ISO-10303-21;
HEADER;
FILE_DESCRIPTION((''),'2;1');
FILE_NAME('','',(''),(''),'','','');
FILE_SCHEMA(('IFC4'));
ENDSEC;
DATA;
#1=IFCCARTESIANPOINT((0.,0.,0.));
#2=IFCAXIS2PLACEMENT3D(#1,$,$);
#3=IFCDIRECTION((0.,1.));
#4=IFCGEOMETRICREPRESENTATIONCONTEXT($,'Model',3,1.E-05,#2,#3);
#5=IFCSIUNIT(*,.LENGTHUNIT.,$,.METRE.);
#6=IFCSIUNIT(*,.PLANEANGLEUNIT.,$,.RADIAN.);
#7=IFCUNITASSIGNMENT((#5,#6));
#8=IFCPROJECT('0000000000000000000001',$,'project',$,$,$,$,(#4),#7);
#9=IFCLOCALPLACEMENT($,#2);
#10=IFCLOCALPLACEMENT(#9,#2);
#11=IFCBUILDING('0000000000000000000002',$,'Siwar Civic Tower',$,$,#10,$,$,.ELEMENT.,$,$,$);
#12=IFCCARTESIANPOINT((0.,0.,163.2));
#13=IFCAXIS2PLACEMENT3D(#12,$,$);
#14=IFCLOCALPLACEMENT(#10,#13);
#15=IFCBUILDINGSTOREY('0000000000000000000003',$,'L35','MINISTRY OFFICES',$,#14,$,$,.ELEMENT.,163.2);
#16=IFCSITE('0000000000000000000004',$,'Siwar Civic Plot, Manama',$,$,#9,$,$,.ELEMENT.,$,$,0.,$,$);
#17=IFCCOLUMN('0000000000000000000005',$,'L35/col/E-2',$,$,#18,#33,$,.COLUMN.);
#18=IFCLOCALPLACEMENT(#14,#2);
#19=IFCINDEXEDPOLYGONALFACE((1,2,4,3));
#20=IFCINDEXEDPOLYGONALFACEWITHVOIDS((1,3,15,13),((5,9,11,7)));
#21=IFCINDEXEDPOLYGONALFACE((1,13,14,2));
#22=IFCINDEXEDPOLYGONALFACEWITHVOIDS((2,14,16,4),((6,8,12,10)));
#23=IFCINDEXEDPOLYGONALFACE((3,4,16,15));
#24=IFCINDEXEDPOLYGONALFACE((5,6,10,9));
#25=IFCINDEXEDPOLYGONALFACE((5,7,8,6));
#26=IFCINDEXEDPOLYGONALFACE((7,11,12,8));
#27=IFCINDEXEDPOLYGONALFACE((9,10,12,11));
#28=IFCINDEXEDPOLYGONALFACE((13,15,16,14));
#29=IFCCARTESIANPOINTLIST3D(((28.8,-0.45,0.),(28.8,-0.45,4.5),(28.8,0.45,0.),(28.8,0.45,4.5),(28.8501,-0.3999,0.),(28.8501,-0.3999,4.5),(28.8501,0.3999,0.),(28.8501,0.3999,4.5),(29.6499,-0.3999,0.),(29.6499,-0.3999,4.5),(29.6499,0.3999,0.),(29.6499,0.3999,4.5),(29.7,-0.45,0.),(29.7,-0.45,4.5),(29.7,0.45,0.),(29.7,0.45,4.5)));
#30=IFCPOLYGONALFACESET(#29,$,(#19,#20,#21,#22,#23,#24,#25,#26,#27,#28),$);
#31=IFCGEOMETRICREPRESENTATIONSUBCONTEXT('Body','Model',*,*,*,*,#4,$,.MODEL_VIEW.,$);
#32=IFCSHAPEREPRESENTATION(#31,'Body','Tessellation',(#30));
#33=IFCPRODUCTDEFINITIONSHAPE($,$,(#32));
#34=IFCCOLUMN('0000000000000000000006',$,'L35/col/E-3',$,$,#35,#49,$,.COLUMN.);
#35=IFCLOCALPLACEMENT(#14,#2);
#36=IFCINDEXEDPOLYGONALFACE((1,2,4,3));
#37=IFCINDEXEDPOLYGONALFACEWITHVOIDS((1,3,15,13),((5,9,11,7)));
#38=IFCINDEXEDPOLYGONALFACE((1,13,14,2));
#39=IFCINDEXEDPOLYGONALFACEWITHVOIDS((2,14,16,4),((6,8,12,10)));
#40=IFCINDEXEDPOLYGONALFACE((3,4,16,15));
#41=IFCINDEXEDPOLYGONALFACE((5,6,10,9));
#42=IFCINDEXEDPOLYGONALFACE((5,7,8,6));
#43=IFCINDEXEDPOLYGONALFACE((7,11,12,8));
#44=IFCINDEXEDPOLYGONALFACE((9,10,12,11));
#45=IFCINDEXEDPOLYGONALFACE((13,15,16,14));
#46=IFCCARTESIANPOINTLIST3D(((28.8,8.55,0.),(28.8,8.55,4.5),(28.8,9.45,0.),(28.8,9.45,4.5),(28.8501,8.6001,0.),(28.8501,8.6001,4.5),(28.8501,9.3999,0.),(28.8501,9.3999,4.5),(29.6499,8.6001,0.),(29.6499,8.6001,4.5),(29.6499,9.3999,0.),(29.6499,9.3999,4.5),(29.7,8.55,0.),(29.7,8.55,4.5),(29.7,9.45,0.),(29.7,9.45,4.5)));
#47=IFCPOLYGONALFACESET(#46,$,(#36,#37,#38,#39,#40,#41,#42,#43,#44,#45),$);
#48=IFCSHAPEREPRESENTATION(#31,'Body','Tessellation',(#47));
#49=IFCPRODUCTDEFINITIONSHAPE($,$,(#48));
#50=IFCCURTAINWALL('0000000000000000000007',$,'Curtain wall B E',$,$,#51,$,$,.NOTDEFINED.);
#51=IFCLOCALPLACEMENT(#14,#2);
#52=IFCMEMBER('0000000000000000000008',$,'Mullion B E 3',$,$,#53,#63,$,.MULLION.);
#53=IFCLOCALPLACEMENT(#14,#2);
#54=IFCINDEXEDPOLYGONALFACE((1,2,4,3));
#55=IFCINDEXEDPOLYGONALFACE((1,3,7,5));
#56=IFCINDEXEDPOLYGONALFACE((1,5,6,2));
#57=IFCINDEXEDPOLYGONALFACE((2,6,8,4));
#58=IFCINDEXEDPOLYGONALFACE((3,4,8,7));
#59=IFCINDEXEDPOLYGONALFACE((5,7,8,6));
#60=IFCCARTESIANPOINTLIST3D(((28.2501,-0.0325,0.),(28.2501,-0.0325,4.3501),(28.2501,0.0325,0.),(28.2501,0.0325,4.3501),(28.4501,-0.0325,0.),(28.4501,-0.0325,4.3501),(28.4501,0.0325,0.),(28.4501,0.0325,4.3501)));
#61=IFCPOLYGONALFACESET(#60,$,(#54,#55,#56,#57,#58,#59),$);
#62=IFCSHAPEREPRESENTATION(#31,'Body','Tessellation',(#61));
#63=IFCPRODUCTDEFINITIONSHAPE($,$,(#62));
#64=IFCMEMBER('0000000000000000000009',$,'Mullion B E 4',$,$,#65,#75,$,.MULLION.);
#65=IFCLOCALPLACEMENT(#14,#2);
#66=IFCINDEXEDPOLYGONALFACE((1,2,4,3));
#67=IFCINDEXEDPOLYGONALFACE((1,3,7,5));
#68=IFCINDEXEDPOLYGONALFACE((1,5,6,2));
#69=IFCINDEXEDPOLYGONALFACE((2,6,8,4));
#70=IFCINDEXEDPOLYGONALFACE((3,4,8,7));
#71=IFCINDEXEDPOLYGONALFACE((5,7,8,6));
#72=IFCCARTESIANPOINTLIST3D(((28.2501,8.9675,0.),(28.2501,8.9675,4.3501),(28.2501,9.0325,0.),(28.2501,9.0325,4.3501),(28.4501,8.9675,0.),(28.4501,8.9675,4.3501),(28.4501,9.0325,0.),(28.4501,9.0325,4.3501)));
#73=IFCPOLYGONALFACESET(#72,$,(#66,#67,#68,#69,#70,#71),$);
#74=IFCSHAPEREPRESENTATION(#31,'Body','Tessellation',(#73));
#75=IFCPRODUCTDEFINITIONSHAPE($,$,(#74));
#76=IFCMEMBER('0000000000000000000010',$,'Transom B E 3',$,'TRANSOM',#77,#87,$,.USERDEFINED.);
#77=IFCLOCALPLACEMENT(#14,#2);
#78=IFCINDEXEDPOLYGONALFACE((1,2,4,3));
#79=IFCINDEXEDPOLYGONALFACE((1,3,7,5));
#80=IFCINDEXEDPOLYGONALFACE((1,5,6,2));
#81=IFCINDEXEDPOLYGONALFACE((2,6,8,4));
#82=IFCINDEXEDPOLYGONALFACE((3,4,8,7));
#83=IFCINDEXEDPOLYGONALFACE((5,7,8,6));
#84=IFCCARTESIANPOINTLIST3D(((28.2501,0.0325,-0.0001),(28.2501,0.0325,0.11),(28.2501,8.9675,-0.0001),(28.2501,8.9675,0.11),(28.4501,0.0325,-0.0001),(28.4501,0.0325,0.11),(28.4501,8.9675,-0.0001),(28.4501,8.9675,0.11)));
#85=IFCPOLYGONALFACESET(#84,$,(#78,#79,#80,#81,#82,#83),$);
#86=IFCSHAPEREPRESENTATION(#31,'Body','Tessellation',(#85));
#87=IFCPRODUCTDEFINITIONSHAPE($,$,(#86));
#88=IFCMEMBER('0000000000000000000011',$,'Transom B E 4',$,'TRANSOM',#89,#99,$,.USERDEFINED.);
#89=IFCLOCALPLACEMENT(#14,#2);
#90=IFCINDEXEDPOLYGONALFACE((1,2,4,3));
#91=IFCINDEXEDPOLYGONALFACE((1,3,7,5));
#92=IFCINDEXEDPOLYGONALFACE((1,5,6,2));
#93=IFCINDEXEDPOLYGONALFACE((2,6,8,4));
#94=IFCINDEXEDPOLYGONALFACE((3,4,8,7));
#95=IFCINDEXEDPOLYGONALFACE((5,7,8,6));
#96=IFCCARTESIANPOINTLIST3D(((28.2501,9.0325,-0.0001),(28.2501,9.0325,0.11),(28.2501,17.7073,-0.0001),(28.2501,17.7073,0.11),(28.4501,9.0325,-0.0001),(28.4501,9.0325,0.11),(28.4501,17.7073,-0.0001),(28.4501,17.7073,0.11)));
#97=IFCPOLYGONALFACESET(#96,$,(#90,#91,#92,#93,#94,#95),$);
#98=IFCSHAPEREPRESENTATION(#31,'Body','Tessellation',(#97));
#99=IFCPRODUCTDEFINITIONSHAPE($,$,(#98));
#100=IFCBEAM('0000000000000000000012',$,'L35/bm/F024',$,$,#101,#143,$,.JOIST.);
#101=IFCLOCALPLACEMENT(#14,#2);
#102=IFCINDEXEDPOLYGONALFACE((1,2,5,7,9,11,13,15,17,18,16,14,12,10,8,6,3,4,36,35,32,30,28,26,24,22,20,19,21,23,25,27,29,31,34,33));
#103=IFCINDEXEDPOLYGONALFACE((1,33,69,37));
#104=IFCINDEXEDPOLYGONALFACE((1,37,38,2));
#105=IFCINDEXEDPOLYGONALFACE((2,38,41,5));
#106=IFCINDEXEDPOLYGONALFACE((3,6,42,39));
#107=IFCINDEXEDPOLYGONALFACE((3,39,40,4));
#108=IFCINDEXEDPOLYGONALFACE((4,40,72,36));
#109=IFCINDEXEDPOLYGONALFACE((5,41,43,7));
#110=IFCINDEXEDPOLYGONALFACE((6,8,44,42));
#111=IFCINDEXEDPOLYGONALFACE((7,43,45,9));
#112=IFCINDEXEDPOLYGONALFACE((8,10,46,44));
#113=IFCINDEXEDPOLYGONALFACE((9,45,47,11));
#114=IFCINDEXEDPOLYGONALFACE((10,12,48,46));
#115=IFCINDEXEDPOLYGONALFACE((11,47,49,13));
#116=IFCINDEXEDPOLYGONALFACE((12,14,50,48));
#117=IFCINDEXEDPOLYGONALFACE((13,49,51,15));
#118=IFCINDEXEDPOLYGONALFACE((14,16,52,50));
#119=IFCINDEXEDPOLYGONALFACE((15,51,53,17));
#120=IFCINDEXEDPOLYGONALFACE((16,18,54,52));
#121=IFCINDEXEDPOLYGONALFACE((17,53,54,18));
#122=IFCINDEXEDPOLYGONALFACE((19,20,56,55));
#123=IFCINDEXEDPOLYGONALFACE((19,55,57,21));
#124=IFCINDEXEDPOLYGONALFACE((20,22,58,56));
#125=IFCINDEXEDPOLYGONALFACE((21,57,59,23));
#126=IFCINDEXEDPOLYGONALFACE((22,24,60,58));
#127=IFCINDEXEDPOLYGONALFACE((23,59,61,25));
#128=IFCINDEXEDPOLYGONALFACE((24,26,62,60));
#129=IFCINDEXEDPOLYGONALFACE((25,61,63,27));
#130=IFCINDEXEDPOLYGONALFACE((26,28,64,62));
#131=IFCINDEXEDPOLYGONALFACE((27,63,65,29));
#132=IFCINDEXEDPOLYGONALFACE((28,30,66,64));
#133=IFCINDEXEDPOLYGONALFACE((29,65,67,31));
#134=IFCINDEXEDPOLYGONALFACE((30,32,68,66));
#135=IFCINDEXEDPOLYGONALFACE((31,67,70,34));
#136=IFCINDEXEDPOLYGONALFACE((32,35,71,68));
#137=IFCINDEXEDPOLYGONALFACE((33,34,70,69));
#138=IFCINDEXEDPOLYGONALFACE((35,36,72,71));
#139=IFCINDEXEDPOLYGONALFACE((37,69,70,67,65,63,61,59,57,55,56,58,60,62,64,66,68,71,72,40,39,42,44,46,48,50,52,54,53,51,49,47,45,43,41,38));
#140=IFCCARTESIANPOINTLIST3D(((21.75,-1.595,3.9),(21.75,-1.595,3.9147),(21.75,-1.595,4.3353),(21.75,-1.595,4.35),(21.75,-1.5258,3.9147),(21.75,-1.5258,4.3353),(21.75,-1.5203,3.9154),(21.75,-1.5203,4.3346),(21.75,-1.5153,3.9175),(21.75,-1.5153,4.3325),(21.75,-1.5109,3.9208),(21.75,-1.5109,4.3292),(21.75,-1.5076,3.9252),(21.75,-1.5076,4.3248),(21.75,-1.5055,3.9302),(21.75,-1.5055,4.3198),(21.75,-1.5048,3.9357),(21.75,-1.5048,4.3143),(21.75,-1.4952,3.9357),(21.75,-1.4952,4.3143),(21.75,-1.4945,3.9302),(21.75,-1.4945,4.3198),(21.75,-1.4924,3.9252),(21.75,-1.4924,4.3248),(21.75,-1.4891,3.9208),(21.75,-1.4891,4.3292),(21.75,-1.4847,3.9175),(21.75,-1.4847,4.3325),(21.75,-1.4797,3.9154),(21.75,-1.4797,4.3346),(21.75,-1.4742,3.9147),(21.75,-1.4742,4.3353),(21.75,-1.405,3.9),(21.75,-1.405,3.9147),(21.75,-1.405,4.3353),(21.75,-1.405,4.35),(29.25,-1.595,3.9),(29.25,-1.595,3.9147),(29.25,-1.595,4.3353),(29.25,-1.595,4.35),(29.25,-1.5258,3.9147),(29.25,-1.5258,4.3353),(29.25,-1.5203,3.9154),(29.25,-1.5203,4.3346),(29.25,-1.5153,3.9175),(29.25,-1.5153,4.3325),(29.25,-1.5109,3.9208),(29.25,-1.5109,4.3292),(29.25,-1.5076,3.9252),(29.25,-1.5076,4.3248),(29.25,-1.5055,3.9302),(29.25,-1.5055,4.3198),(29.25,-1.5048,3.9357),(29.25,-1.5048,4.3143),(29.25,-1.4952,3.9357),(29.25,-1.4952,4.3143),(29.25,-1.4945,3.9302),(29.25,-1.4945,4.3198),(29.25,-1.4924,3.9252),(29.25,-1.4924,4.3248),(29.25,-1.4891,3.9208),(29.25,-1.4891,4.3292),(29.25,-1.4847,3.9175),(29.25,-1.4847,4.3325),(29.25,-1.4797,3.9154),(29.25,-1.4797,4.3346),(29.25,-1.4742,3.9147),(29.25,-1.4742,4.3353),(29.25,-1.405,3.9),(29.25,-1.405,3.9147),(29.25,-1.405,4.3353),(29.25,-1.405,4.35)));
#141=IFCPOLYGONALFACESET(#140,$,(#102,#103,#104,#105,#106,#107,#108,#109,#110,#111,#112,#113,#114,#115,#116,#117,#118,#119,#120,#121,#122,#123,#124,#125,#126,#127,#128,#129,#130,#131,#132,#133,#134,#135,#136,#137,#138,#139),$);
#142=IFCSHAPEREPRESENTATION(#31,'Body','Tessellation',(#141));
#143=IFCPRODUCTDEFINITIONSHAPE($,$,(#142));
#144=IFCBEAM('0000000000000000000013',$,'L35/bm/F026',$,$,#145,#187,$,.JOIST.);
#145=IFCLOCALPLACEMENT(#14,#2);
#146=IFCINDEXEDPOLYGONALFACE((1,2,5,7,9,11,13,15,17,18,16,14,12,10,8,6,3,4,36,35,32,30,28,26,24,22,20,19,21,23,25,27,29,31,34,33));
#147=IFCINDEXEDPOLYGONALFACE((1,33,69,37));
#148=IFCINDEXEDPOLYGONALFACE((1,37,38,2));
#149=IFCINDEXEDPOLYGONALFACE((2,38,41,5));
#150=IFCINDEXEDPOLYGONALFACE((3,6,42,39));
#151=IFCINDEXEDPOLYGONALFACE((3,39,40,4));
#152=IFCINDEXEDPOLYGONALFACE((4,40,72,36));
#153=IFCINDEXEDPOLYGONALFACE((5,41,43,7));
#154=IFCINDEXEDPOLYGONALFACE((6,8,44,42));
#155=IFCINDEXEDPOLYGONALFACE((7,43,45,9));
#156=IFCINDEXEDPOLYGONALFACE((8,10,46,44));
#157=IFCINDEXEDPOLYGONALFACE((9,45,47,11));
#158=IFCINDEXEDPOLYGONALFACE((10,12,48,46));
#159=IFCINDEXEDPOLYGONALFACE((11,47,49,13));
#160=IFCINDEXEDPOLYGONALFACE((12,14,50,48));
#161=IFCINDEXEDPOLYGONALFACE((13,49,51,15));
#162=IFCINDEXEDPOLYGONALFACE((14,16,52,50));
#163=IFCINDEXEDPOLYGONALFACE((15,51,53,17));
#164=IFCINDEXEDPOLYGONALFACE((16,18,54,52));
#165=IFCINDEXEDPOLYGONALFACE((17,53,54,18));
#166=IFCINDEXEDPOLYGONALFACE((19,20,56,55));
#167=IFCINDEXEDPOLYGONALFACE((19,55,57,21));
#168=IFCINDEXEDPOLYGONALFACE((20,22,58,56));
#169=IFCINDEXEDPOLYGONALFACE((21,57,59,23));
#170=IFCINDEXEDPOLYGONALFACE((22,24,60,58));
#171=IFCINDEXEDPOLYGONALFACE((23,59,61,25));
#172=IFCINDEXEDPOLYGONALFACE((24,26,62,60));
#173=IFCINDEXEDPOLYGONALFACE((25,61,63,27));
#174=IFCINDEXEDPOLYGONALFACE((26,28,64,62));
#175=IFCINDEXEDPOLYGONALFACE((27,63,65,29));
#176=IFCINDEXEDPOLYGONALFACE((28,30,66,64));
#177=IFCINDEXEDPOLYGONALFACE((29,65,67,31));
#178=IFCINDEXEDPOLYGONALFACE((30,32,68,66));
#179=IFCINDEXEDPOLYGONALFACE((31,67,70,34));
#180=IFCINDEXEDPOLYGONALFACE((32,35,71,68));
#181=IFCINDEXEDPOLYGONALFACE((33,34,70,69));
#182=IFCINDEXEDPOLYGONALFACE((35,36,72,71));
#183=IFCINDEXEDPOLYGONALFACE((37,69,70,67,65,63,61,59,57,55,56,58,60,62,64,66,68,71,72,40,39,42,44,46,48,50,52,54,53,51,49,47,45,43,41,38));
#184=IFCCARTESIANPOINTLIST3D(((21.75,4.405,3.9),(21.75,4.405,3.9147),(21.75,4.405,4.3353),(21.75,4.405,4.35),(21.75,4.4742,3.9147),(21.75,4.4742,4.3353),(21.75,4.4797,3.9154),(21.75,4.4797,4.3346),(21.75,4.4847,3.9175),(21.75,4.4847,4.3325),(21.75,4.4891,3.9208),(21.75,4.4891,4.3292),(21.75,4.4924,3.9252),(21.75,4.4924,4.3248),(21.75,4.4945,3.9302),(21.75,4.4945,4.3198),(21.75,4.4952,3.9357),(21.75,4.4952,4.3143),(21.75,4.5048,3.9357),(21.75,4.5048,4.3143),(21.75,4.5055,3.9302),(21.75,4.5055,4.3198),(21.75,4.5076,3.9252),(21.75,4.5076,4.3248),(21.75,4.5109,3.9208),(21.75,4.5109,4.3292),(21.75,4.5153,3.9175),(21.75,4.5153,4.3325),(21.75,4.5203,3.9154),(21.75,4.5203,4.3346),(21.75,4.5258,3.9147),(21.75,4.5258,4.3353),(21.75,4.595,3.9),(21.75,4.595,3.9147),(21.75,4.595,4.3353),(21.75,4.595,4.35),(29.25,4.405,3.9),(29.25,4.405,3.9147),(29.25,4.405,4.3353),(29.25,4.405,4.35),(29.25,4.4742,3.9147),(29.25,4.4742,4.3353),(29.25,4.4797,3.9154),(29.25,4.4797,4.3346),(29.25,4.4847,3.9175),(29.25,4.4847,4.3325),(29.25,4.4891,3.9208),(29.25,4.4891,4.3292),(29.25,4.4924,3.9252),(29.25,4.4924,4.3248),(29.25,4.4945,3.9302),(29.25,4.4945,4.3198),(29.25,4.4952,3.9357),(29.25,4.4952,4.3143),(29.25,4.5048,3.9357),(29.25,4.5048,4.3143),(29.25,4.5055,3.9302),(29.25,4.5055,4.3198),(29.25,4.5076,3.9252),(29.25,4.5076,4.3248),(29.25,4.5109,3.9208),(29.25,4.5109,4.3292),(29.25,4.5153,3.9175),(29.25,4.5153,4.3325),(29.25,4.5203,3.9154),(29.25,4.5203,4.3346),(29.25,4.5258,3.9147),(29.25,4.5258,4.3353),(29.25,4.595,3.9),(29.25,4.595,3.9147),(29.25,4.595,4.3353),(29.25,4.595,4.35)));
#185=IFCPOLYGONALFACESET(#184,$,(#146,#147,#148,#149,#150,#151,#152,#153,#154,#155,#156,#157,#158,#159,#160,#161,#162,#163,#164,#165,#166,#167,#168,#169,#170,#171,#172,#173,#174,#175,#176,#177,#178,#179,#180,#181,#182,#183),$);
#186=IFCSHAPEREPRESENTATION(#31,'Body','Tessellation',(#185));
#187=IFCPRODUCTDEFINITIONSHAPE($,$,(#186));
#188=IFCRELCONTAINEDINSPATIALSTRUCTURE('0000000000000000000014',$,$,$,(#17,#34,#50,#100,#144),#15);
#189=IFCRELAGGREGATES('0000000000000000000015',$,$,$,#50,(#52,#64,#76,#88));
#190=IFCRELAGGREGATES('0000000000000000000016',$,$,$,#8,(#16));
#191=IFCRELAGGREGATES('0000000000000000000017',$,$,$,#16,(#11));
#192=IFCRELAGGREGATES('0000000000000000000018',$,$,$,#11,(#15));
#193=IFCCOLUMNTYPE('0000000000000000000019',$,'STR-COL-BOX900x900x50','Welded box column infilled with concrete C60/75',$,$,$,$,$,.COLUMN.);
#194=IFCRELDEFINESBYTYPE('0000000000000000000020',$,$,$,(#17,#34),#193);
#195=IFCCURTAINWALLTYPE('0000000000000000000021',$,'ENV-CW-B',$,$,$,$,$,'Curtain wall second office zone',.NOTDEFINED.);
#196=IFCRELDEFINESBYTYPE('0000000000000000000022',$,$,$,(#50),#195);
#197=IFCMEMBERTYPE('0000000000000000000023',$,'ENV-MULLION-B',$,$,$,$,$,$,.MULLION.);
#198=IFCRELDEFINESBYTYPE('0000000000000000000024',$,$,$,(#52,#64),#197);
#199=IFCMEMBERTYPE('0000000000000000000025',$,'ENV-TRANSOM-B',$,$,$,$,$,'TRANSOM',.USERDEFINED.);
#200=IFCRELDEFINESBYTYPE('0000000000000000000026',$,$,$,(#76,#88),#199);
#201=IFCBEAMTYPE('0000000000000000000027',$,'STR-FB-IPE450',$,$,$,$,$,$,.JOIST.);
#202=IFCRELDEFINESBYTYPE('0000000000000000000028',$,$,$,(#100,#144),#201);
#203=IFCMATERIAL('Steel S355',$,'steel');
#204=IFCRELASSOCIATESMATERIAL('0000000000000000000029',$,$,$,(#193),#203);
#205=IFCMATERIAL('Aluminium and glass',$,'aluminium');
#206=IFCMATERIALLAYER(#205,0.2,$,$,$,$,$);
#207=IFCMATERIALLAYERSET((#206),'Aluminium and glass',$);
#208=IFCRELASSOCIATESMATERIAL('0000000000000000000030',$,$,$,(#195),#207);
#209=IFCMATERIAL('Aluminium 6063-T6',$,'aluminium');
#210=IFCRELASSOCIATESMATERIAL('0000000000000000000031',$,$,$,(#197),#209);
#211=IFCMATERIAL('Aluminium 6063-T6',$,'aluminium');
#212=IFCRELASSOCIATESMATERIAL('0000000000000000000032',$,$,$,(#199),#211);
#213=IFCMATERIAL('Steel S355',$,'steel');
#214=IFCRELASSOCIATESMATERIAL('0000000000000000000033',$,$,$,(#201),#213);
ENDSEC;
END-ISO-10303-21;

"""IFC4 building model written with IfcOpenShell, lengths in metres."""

from ifc_helpers import new_model, si_unit, direction, frame, origin, origin_2d, place, context, subcontext, project, spatial, rectangle, hollow_rectangle, i_section, extrude, material, layer, layer_set, material_profile, profile_set, type_object, element, aggregate, save


model = new_model("IFC4")

# Units and contexts
model_context = context("Model", 3, precision=1e-05, world=origin(), true_north=direction((0.0, 1.0)))
body_context = subcontext(model_context, "Body", "Model", "MODEL_VIEW")
ifc_project = project(units=[si_unit("LENGTHUNIT", "METRE"), si_unit("PLANEANGLEUNIT", "RADIAN")], contexts=[model_context])

# Site, building, storey
site_placement = place(None, origin())
site = spatial("IfcSite", under=ifc_project, at=site_placement, Name="Siwar Civic Plot, Manama", CompositionType="ELEMENT", RefElevation=0.0)
building_placement = place(site_placement, origin())
building = spatial("IfcBuilding", under=site, at=building_placement, Name="Siwar Civic Tower", CompositionType="ELEMENT")
storey_placement = place(building_placement, frame((0.0, 0.0, 163.2)))
storey = spatial("IfcBuildingStorey", under=building, at=storey_placement, Name="L35", Description="MINISTRY OFFICES", CompositionType="ELEMENT", Elevation=163.2)

# Columns
ifc_material_1 = material(Name="Steel S355", Category="steel")
ifc_material_profile_1 = material_profile(ifc_material_1, hollow_rectangle(XDim=0.8999, YDim=0.8999, WallThickness=0.05, at=origin_2d()), Name="BOX900x900x50")
ifc_profile_set_1 = profile_set([ifc_material_profile_1], Name="Steel S355")
column_type = type_object("IfcColumnType", Name="STR-COL-BOX900x900x50", Description="Welded box column infilled with concrete C60/75", PredefinedType="COLUMN", material=ifc_profile_set_1)
for number, where, z_axis, x_axis, name in (
    (1, (29.25, 0.0, 0.0), (0.0, 0.0, 1.0), (1.0, 0.0, 0.0), "L35/col/E-2"),
    (2, (29.25, 9.0, 0.0), (0.0, 0.0, 1.0), (1.0, 0.0, 0.0), "L35/col/E-3"),
):
    element("IfcColumn", number, at=place(storey_placement, frame(where, z_axis=z_axis, x_axis=x_axis)), inside=storey, type_object=column_type, Name=name, PredefinedType="COLUMN", context=body_context, shape_type="SweptSolid", body=[
        extrude(hollow_rectangle(XDim=0.8999, YDim=0.8999, WallThickness=0.05, at=origin_2d()), origin(), (0.0, 0.0, 1.0), 4.5),
    ])

# Curtain wall, members
ifc_material_2 = material(Name="Aluminium and glass", Category="aluminium")
ifc_layer_1 = layer(ifc_material_2, 0.2)
ifc_layer_set_1 = layer_set([ifc_layer_1], Name="Aluminium and glass")
curtain_wall_type = type_object("IfcCurtainWallType", Name="ENV-CW-B", ElementType="Curtain wall second office zone", PredefinedType="NOTDEFINED", material=ifc_layer_set_1)
curtain_wall_placement = place(storey_placement, origin())
curtain_wall = element("IfcCurtainWall", 3, at=curtain_wall_placement, inside=storey, type_object=curtain_wall_type, Name="Curtain wall B E", PredefinedType="NOTDEFINED")
ifc_material_3 = material(Name="Aluminium 6063-T6", Category="aluminium")
ifc_material_profile_2 = material_profile(ifc_material_3, rectangle(XDim=0.2, YDim=0.0649, at=origin_2d()), Name="AL 200x65")
ifc_profile_set_2 = profile_set([ifc_material_profile_2], Name="Aluminium 6063-T6")
member_type_1 = type_object("IfcMemberType", Name="ENV-MULLION-B", PredefinedType="MULLION", material=ifc_profile_set_2)
member_1_placement = place(storey_placement, frame((28.3501, 0.0, 0.0), z_axis=(0.0, 0.0, 1.0), x_axis=(-1.0, 0.0, 0.0)))
member_1 = element("IfcMember", 4, at=member_1_placement, type_object=member_type_1, Name="Mullion B E 3", PredefinedType="MULLION", context=body_context, shape_type="SweptSolid", body=[
    extrude(rectangle(XDim=0.2, YDim=0.0649, at=origin_2d()), origin(), (0.0, 0.0, 1.0), 4.3501),
])
member_2_placement = place(storey_placement, frame((28.3501, 9.0, 0.0), z_axis=(0.0, 0.0, 1.0), x_axis=(-1.0, 0.0, 0.0)))
member_2 = element("IfcMember", 5, at=member_2_placement, type_object=member_type_1, Name="Mullion B E 4", PredefinedType="MULLION", context=body_context, shape_type="SweptSolid", body=[
    extrude(rectangle(XDim=0.2, YDim=0.0649, at=origin_2d()), origin(), (0.0, 0.0, 1.0), 4.3501),
])
ifc_material_4 = material(Name="Aluminium 6063-T6", Category="aluminium")
ifc_material_profile_3 = material_profile(ifc_material_4, rectangle(XDim=0.2, YDim=0.1101, at=origin_2d()), Name="AL 200x110")
ifc_profile_set_3 = profile_set([ifc_material_profile_3], Name="Aluminium 6063-T6")
member_type_2 = type_object("IfcMemberType", Name="ENV-TRANSOM-B", ElementType="TRANSOM", PredefinedType="USERDEFINED", material=ifc_profile_set_3)
member_3_placement = place(storey_placement, frame((28.3501, 0.0325, 0.0549), z_axis=(0.0, 1.0, 0.0), x_axis=(-1.0, 0.0, 0.0)))
member_3 = element("IfcMember", 6, at=member_3_placement, type_object=member_type_2, Name="Transom B E 3", ObjectType="TRANSOM", PredefinedType="USERDEFINED", context=body_context, shape_type="SweptSolid", body=[
    extrude(rectangle(XDim=0.2, YDim=0.1101, at=origin_2d()), origin(), (0.0, 0.0, 1.0), 8.9351),
])
member_4_placement = place(storey_placement, frame((28.3501, 9.0325, 0.0549), z_axis=(0.0, 1.0, 0.0), x_axis=(-1.0, 0.0, 0.0)))
member_4 = element("IfcMember", 7, at=member_4_placement, type_object=member_type_2, Name="Transom B E 4", ObjectType="TRANSOM", PredefinedType="USERDEFINED", context=body_context, shape_type="SweptSolid", body=[
    extrude(rectangle(XDim=0.2, YDim=0.1101, at=origin_2d()), origin(), (0.0, 0.0, 1.0), 8.6748),
])

# Beams
ifc_material_5 = material(Name="Steel S355", Category="steel")
ifc_material_profile_4 = material_profile(ifc_material_5, i_section(OverallWidth=0.1899, OverallDepth=0.45, WebThickness=0.0095, FlangeThickness=0.0146, FilletRadius=0.021, at=origin_2d()), Name="IPE450")
ifc_profile_set_4 = profile_set([ifc_material_profile_4], Name="Steel S355")
beam_type_1 = type_object("IfcBeamType", Name="STR-FB-IPE450", PredefinedType="JOIST", material=ifc_profile_set_4)
for number, where, z_axis, x_axis, name in (
    (8, (21.75, -1.5, 4.125), (1.0, 0.0, 0.0), (0.0, 1.0, 0.0), "L35/bm/F024"),
    (9, (21.75, 4.5, 4.125), (1.0, 0.0, 0.0), (0.0, 1.0, 0.0), "L35/bm/F026"),
):
    element("IfcBeam", number, at=place(storey_placement, frame(where, z_axis=z_axis, x_axis=x_axis)), inside=storey, type_object=beam_type_1, Name=name, PredefinedType="JOIST", context=body_context, shape_type="SweptSolid", body=[
        extrude(i_section(OverallWidth=0.1899, OverallDepth=0.45, WebThickness=0.0095, FlangeThickness=0.0146, FilletRadius=0.021, at=origin_2d()), origin(), (0.0, 0.0, 1.0), 7.5),
    ])

aggregate(curtain_wall, [member_1, member_2, member_3, member_4])

save(model, "model.ifc")
